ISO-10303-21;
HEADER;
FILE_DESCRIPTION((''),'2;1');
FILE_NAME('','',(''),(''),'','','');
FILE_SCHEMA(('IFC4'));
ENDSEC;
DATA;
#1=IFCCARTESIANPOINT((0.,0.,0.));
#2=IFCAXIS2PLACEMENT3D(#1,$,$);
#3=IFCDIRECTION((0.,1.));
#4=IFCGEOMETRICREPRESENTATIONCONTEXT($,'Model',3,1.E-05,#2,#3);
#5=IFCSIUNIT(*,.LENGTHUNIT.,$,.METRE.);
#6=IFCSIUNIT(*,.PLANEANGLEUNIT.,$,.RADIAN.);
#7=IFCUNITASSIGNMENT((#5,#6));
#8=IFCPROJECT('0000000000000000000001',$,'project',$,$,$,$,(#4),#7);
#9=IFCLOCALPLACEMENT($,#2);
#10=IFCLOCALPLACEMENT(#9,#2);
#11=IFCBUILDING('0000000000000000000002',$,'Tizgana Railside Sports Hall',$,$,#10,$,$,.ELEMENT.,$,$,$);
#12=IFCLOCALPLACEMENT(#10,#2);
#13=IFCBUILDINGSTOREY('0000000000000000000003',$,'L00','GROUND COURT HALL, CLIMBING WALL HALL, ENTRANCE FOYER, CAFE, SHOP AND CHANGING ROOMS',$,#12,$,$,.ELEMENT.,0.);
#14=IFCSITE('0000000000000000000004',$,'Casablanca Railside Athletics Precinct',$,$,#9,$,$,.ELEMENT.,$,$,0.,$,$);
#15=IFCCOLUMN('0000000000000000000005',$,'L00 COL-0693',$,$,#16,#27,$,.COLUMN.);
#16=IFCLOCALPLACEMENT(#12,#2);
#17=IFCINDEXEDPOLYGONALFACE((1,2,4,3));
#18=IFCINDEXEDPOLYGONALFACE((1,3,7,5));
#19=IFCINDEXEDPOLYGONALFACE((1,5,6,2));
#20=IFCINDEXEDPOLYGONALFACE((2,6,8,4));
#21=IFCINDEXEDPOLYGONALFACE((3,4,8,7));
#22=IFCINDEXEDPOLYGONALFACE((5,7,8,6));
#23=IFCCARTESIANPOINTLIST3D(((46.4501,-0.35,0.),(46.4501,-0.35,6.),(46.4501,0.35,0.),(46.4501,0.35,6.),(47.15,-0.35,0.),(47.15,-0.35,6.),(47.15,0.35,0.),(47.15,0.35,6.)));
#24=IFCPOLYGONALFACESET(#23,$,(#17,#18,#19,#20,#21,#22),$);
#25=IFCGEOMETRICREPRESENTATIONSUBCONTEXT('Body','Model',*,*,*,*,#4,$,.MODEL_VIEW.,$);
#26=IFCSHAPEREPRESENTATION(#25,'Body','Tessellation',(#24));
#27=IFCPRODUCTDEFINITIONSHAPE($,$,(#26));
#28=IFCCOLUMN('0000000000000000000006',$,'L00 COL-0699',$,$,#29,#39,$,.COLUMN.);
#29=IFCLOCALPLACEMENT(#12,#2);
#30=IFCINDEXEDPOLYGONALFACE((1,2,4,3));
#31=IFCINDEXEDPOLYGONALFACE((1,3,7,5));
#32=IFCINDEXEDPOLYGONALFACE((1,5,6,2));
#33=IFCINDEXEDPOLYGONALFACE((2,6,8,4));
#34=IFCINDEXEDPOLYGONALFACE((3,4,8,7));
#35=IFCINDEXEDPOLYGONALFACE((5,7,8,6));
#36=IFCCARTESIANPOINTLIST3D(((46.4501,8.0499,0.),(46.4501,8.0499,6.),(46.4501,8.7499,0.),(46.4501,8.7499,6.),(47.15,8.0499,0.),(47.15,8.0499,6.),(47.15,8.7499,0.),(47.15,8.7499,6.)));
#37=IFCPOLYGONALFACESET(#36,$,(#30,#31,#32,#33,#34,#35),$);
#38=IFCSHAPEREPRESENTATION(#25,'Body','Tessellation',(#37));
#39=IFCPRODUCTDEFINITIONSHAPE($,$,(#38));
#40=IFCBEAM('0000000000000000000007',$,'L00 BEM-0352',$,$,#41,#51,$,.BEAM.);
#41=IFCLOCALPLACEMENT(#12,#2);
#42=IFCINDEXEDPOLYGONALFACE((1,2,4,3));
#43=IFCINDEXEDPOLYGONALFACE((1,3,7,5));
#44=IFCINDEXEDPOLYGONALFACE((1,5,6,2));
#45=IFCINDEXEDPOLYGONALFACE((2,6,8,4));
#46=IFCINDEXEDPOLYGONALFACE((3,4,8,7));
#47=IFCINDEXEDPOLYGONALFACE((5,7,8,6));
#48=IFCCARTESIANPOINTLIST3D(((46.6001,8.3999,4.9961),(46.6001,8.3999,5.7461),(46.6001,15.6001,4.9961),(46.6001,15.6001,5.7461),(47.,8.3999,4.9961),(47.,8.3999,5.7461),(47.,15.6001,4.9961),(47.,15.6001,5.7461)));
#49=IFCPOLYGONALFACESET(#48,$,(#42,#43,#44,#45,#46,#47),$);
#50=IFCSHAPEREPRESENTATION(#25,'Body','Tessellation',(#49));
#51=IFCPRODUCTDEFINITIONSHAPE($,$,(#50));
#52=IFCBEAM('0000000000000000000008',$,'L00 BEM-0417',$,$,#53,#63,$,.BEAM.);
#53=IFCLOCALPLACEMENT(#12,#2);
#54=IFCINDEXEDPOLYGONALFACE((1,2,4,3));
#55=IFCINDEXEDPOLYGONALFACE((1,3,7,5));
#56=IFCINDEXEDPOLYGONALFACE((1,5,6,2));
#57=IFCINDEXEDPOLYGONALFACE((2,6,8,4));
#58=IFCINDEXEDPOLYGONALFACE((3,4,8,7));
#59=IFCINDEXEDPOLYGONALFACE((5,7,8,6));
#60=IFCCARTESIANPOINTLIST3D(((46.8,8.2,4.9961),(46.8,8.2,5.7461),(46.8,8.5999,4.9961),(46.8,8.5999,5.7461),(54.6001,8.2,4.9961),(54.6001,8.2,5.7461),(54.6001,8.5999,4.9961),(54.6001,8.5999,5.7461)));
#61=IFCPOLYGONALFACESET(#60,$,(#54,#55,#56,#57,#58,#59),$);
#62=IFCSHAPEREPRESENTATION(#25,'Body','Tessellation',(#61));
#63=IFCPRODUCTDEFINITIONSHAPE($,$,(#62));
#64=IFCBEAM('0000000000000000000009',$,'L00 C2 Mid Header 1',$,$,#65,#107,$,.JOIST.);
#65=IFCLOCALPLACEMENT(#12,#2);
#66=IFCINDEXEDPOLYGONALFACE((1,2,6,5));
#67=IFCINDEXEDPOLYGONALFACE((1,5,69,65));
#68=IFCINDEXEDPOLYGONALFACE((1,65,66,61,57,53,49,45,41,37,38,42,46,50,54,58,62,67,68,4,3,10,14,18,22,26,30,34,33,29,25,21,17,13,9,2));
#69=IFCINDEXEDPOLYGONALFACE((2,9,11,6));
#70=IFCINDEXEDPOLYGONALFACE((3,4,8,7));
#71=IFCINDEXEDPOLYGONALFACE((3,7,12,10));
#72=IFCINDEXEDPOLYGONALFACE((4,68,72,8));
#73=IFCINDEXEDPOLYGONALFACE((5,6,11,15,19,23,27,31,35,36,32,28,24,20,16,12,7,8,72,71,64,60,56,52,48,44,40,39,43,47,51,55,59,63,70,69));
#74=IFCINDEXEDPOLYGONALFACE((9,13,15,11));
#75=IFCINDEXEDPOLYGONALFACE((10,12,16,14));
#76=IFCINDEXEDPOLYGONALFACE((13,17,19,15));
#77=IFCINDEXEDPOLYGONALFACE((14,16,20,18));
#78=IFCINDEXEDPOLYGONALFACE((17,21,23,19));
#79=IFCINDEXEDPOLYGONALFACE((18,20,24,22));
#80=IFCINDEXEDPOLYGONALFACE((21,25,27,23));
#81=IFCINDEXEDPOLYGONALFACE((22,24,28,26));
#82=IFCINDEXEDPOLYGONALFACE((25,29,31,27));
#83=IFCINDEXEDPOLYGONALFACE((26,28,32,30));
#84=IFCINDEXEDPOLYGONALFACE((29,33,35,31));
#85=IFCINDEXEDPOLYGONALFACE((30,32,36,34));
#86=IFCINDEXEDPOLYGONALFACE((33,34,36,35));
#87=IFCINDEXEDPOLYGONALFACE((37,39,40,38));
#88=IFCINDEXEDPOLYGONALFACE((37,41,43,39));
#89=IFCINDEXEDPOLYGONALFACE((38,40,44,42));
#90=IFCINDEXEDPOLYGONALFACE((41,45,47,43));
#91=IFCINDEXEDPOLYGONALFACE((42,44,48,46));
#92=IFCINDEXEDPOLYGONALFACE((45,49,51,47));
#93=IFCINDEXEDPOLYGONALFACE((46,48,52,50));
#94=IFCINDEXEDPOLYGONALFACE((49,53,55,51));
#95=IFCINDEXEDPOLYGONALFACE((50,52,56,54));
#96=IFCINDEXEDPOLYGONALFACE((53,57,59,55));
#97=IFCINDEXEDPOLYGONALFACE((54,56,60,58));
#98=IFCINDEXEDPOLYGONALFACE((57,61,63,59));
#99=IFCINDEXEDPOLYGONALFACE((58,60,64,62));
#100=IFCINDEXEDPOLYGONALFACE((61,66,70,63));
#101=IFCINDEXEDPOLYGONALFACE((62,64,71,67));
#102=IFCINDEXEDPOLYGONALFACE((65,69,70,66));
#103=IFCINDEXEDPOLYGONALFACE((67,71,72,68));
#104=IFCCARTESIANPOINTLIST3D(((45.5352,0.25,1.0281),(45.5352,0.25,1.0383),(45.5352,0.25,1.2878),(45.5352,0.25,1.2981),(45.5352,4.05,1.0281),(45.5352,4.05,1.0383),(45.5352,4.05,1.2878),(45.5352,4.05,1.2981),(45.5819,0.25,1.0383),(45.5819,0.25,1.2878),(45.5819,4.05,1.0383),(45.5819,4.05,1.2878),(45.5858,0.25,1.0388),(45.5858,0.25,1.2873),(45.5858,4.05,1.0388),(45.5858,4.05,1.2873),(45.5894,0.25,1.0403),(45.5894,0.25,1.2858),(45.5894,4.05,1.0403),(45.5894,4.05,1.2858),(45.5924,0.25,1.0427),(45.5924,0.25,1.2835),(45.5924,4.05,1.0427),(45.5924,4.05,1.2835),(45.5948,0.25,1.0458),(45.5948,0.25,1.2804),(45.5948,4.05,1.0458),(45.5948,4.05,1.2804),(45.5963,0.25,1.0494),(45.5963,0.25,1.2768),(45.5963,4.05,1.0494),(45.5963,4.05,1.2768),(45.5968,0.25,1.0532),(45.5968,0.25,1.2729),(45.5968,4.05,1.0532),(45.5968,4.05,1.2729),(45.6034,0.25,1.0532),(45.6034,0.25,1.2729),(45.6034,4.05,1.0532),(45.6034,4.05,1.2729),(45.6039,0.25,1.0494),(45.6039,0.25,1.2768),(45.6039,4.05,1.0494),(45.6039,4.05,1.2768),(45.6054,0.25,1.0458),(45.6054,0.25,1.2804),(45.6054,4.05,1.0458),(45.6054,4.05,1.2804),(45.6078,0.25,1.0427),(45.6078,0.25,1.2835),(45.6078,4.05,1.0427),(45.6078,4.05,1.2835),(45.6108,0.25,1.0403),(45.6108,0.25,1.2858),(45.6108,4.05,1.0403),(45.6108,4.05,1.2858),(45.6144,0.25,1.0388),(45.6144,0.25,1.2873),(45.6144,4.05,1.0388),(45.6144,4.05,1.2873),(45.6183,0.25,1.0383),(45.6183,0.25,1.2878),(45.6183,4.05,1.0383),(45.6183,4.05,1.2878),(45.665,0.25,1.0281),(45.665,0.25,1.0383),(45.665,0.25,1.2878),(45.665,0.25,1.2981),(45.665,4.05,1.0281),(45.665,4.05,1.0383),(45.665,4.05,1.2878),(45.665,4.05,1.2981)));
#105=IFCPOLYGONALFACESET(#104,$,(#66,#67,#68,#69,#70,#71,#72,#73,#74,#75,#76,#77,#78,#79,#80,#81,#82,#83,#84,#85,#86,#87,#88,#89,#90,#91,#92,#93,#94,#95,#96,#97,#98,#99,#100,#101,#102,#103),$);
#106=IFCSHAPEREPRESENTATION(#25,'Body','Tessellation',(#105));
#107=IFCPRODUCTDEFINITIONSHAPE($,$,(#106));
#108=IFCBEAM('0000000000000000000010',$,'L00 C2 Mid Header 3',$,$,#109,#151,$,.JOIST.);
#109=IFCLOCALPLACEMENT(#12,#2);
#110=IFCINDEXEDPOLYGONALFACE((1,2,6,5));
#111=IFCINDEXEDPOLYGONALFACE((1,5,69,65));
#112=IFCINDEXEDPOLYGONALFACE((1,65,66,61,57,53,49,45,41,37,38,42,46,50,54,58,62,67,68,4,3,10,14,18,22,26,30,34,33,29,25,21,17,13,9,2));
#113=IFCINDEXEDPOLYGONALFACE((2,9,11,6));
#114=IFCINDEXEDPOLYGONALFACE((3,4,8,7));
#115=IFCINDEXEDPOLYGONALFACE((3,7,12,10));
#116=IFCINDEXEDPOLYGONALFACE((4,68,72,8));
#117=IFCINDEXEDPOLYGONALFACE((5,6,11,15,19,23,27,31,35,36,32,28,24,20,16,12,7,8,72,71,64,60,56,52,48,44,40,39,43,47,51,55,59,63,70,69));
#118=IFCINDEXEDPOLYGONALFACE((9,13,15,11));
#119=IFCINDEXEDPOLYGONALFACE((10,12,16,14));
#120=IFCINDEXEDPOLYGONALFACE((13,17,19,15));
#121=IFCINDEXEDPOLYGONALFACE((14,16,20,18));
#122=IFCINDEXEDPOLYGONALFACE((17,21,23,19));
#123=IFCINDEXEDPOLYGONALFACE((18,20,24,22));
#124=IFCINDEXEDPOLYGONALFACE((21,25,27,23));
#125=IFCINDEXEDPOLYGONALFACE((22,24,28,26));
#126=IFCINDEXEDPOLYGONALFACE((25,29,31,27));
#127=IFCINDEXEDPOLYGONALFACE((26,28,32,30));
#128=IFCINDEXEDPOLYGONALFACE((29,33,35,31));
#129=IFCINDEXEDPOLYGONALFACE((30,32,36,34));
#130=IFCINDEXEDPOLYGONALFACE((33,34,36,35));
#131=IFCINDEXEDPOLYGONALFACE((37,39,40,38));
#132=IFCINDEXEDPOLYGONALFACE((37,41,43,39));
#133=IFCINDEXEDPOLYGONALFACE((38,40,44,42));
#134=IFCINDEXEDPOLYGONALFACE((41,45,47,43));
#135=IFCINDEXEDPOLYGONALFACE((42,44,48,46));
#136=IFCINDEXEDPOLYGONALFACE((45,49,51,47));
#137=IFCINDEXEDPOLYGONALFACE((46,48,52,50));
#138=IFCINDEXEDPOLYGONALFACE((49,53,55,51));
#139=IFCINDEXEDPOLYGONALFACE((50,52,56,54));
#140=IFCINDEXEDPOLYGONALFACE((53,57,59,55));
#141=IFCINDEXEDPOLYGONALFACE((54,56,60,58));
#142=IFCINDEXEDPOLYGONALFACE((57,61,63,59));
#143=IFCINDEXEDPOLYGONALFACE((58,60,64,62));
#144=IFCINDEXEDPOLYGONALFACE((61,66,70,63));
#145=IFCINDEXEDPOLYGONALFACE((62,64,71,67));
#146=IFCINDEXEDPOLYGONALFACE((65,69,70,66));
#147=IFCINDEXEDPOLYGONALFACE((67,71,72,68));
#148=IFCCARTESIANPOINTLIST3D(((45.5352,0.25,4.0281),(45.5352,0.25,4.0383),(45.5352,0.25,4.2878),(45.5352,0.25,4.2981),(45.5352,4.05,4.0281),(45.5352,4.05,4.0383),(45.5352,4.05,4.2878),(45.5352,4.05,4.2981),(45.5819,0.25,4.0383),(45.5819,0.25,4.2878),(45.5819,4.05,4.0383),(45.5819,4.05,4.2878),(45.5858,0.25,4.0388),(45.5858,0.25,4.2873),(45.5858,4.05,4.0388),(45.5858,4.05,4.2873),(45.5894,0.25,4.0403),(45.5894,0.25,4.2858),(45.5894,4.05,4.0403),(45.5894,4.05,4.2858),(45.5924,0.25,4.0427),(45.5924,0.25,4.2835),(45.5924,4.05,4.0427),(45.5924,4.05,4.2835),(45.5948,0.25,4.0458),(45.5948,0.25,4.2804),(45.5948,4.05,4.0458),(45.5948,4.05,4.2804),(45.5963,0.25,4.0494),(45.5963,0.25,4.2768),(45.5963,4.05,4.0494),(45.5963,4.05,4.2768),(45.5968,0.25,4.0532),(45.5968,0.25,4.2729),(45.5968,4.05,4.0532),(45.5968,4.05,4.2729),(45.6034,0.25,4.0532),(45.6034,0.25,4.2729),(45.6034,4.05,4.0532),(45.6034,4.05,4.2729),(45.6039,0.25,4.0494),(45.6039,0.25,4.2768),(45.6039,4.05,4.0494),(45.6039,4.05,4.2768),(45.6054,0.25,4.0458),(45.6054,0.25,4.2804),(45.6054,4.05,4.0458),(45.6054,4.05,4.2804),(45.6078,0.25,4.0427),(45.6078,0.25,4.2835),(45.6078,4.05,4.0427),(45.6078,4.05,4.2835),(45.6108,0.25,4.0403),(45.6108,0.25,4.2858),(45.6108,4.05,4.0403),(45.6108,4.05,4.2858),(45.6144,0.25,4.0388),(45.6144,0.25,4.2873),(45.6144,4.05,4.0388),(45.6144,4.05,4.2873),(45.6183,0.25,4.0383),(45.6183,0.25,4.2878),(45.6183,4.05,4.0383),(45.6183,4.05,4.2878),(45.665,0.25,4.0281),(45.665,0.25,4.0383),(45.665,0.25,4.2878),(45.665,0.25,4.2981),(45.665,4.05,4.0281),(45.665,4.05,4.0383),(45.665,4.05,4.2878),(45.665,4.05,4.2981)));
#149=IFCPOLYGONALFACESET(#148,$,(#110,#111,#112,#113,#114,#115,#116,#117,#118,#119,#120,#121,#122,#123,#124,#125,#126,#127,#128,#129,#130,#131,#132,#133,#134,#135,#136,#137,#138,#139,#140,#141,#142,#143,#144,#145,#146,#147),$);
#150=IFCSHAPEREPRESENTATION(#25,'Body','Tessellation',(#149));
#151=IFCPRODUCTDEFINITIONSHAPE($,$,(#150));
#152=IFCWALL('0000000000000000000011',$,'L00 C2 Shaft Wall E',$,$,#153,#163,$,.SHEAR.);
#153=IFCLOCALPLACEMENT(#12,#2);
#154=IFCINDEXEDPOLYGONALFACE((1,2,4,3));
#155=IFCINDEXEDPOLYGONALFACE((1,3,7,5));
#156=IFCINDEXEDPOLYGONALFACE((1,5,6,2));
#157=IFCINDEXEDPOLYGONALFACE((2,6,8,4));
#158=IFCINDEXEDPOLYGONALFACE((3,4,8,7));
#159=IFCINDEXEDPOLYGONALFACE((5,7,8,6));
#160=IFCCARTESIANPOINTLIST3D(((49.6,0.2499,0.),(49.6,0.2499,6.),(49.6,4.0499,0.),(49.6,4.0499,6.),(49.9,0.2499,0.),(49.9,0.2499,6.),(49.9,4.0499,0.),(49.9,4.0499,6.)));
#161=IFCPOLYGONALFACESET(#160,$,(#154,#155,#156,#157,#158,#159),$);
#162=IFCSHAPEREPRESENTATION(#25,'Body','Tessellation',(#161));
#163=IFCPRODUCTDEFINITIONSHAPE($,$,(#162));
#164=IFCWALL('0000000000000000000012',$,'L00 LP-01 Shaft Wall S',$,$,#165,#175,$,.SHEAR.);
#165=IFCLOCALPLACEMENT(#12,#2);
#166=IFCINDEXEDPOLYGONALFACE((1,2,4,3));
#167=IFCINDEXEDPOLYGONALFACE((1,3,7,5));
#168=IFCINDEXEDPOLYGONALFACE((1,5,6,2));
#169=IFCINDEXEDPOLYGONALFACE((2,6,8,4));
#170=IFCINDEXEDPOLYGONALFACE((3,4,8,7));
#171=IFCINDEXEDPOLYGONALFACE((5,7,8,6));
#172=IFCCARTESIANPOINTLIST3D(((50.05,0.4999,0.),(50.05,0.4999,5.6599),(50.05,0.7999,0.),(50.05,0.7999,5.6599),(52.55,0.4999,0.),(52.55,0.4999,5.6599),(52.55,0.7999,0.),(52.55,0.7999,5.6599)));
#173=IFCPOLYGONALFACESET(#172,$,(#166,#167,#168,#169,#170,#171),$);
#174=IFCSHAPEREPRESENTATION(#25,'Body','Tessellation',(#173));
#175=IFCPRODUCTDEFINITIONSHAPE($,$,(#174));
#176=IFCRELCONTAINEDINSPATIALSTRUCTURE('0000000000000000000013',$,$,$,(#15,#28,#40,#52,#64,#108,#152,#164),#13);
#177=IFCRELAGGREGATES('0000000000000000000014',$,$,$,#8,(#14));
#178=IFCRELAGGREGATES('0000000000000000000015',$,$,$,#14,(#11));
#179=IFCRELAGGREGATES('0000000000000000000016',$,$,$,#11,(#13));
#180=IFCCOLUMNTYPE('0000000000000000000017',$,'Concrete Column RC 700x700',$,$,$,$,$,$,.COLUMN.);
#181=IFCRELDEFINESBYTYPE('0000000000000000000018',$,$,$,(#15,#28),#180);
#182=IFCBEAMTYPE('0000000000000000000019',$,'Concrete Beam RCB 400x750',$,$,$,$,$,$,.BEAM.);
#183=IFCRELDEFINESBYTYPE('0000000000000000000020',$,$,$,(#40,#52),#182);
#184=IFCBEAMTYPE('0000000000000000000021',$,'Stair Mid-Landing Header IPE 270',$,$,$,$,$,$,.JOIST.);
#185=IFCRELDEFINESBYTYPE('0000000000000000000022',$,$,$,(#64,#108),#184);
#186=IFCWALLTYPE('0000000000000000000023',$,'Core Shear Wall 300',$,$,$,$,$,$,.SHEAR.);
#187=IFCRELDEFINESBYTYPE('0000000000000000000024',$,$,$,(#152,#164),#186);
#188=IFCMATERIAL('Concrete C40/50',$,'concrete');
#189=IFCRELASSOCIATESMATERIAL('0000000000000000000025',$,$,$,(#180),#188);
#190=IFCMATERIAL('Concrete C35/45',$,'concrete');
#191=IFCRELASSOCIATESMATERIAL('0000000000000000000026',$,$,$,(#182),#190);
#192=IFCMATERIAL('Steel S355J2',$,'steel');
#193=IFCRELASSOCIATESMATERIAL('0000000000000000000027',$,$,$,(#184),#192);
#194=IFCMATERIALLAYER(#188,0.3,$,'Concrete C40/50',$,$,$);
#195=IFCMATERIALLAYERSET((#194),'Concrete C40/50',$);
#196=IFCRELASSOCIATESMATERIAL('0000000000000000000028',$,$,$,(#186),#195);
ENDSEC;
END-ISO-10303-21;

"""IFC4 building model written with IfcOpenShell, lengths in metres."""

from ifc_helpers import new_model, si_unit, direction, frame, frame_2d, origin, origin_2d, place, context, subcontext, project, spatial, rectangle, i_section, extrude, material, layer, layer_set, material_profile, profile_set, type_object, element, save


model = new_model("IFC4")

# Units and contexts
model_context = context("Model", 3, precision=1e-05, world=origin(), true_north=direction((0.0, 1.0)))
body_context = subcontext(model_context, "Body", "Model", "MODEL_VIEW")
ifc_project = project(units=[si_unit("LENGTHUNIT", "METRE"), si_unit("PLANEANGLEUNIT", "RADIAN")], contexts=[model_context])

# Site, building, storey
site_placement = place(None, origin())
site = spatial("IfcSite", under=ifc_project, at=site_placement, Name="Casablanca Railside Athletics Precinct", CompositionType="ELEMENT", RefElevation=0.0)
building_placement = place(site_placement, origin())
building = spatial("IfcBuilding", under=site, at=building_placement, Name="Tizgana Railside Sports Hall", CompositionType="ELEMENT")
storey_placement = place(building_placement, origin())
storey = spatial("IfcBuildingStorey", under=building, at=storey_placement, Name="L00", Description="GROUND COURT HALL, CLIMBING WALL HALL, ENTRANCE FOYER, CAFE, SHOP AND CHANGING ROOMS", CompositionType="ELEMENT", Elevation=0.0)

# Columns
ifc_material_1 = material(Name="Concrete C40/50", Category="concrete")
ifc_material_profile_1 = material_profile(ifc_material_1, rectangle(XDim=0.7, YDim=0.7, at=origin_2d()), Name="RC 700x700")
ifc_profile_set_1 = profile_set([ifc_material_profile_1], Name="Concrete C40/50")
column_type = type_object("IfcColumnType", Name="Concrete Column RC 700x700", PredefinedType="COLUMN", material=ifc_profile_set_1)
for number, where, z_axis, x_axis, name in (
    (1, (46.8, 0.0, 0.0), (0.0, 0.0, 1.0), (1.0, 0.0, 0.0), "L00 COL-0693"),
    (2, (46.8, 8.3999, 0.0), (0.0, 0.0, 1.0), (1.0, 0.0, 0.0), "L00 COL-0699"),
):
    element("IfcColumn", number, at=place(storey_placement, frame(where, z_axis=z_axis, x_axis=x_axis)), inside=storey, type_object=column_type, Name=name, PredefinedType="COLUMN", context=body_context, shape_type="SweptSolid", body=[
        extrude(rectangle(XDim=0.7, YDim=0.7, at=origin_2d()), origin(), (0.0, 0.0, 1.0), 6.0),
    ])

# Beams
ifc_material_2 = material(Name="Concrete C35/45", Category="concrete")
ifc_material_profile_2 = material_profile(ifc_material_2, rectangle(XDim=0.3999, YDim=0.75, at=origin_2d()), Name="RCB 400x750")
ifc_profile_set_2 = profile_set([ifc_material_profile_2], Name="Concrete C35/45")
beam_type_1 = type_object("IfcBeamType", Name="Concrete Beam RCB 400x750", PredefinedType="BEAM", material=ifc_profile_set_2)
beam_1_placement = place(storey_placement, frame((46.8, 8.3999, 5.3711), z_axis=(0.0, 1.0, 0.0), x_axis=(-1.0, 0.0, 0.0)))
element("IfcBeam", 3, at=beam_1_placement, inside=storey, type_object=beam_type_1, Name="L00 BEM-0352", PredefinedType="BEAM", context=body_context, shape_type="SweptSolid", body=[
    extrude(rectangle(XDim=0.3999, YDim=0.75, at=origin_2d()), origin(), (0.0, 0.0, 1.0), 7.2002),
])
beam_2_placement = place(storey_placement, frame((46.8, 8.3999, 5.3711), z_axis=(1.0, 0.0, 0.0), x_axis=(0.0, 1.0, 0.0)))
element("IfcBeam", 4, at=beam_2_placement, inside=storey, type_object=beam_type_1, Name="L00 BEM-0417", PredefinedType="BEAM", context=body_context, shape_type="SweptSolid", body=[
    extrude(rectangle(XDim=0.3999, YDim=0.75, at=origin_2d()), origin(), (0.0, 0.0, 1.0), 7.8),
])
ifc_material_3 = material(Name="Steel S355J2", Category="steel")
ifc_material_profile_3 = material_profile(ifc_material_3, i_section(OverallWidth=0.1299, OverallDepth=0.27, WebThickness=0.0066, FlangeThickness=0.0103, FilletRadius=0.0149, at=origin_2d()), Name="IPE 270")
ifc_profile_set_3 = profile_set([ifc_material_profile_3], Name="Steel S355J2")
beam_type_2 = type_object("IfcBeamType", Name="Stair Mid-Landing Header IPE 270", PredefinedType="JOIST", material=ifc_profile_set_3)
for number, where, z_axis, x_axis, name in (
    (5, (45.6001, 0.25, 1.1631), (0.0, 1.0, 0.0), (-1.0, 0.0, 0.0), "L00 C2 Mid Header 1"),
    (6, (45.6001, 0.25, 4.1631), (0.0, 1.0, 0.0), (-1.0, 0.0, 0.0), "L00 C2 Mid Header 3"),
):
    element("IfcBeam", number, at=place(storey_placement, frame(where, z_axis=z_axis, x_axis=x_axis)), inside=storey, type_object=beam_type_2, Name=name, PredefinedType="JOIST", context=body_context, shape_type="SweptSolid", body=[
        extrude(i_section(OverallWidth=0.1299, OverallDepth=0.27, WebThickness=0.0066, FlangeThickness=0.0103, FilletRadius=0.0149, at=origin_2d()), origin(), (0.0, 0.0, 1.0), 3.8),
    ])

# Walls
ifc_layer_1 = layer(ifc_material_1, 0.3, Name="Concrete C40/50")
ifc_layer_set_1 = layer_set([ifc_layer_1], Name="Concrete C40/50")
wall_type_1 = type_object("IfcWallType", Name="Core Shear Wall 300", PredefinedType="SHEAR", material=ifc_layer_set_1)
wall_1_placement = place(storey_placement, frame((49.75, 0.25, 0.0), z_axis=(0.0, 0.0, 1.0), x_axis=(0.0, 1.0, 0.0)))
element("IfcWall", 7, at=wall_1_placement, inside=storey, type_object=wall_type_1, Name="L00 C2 Shaft Wall E", PredefinedType="SHEAR", context=body_context, shape_type="SweptSolid", body=[
    extrude(rectangle(XDim=3.8, YDim=0.3, at=frame_2d((1.8999, 0.0))), origin(), (0.0, 0.0, 1.0), 6.0),
])
wall_2_placement = place(storey_placement, frame((50.05, 0.6499, 0.0), z_axis=(0.0, 0.0, 1.0), x_axis=(1.0, 0.0, 0.0)))
element("IfcWall", 8, at=wall_2_placement, inside=storey, type_object=wall_type_1, Name="L00 LP-01 Shaft Wall S", PredefinedType="SHEAR", context=body_context, shape_type="SweptSolid", body=[
    extrude(rectangle(XDim=2.5, YDim=0.3, at=frame_2d((1.25, 0.0))), origin(), (0.0, 0.0, 1.0), 5.6599),
])

save(model, "model.ifc")
